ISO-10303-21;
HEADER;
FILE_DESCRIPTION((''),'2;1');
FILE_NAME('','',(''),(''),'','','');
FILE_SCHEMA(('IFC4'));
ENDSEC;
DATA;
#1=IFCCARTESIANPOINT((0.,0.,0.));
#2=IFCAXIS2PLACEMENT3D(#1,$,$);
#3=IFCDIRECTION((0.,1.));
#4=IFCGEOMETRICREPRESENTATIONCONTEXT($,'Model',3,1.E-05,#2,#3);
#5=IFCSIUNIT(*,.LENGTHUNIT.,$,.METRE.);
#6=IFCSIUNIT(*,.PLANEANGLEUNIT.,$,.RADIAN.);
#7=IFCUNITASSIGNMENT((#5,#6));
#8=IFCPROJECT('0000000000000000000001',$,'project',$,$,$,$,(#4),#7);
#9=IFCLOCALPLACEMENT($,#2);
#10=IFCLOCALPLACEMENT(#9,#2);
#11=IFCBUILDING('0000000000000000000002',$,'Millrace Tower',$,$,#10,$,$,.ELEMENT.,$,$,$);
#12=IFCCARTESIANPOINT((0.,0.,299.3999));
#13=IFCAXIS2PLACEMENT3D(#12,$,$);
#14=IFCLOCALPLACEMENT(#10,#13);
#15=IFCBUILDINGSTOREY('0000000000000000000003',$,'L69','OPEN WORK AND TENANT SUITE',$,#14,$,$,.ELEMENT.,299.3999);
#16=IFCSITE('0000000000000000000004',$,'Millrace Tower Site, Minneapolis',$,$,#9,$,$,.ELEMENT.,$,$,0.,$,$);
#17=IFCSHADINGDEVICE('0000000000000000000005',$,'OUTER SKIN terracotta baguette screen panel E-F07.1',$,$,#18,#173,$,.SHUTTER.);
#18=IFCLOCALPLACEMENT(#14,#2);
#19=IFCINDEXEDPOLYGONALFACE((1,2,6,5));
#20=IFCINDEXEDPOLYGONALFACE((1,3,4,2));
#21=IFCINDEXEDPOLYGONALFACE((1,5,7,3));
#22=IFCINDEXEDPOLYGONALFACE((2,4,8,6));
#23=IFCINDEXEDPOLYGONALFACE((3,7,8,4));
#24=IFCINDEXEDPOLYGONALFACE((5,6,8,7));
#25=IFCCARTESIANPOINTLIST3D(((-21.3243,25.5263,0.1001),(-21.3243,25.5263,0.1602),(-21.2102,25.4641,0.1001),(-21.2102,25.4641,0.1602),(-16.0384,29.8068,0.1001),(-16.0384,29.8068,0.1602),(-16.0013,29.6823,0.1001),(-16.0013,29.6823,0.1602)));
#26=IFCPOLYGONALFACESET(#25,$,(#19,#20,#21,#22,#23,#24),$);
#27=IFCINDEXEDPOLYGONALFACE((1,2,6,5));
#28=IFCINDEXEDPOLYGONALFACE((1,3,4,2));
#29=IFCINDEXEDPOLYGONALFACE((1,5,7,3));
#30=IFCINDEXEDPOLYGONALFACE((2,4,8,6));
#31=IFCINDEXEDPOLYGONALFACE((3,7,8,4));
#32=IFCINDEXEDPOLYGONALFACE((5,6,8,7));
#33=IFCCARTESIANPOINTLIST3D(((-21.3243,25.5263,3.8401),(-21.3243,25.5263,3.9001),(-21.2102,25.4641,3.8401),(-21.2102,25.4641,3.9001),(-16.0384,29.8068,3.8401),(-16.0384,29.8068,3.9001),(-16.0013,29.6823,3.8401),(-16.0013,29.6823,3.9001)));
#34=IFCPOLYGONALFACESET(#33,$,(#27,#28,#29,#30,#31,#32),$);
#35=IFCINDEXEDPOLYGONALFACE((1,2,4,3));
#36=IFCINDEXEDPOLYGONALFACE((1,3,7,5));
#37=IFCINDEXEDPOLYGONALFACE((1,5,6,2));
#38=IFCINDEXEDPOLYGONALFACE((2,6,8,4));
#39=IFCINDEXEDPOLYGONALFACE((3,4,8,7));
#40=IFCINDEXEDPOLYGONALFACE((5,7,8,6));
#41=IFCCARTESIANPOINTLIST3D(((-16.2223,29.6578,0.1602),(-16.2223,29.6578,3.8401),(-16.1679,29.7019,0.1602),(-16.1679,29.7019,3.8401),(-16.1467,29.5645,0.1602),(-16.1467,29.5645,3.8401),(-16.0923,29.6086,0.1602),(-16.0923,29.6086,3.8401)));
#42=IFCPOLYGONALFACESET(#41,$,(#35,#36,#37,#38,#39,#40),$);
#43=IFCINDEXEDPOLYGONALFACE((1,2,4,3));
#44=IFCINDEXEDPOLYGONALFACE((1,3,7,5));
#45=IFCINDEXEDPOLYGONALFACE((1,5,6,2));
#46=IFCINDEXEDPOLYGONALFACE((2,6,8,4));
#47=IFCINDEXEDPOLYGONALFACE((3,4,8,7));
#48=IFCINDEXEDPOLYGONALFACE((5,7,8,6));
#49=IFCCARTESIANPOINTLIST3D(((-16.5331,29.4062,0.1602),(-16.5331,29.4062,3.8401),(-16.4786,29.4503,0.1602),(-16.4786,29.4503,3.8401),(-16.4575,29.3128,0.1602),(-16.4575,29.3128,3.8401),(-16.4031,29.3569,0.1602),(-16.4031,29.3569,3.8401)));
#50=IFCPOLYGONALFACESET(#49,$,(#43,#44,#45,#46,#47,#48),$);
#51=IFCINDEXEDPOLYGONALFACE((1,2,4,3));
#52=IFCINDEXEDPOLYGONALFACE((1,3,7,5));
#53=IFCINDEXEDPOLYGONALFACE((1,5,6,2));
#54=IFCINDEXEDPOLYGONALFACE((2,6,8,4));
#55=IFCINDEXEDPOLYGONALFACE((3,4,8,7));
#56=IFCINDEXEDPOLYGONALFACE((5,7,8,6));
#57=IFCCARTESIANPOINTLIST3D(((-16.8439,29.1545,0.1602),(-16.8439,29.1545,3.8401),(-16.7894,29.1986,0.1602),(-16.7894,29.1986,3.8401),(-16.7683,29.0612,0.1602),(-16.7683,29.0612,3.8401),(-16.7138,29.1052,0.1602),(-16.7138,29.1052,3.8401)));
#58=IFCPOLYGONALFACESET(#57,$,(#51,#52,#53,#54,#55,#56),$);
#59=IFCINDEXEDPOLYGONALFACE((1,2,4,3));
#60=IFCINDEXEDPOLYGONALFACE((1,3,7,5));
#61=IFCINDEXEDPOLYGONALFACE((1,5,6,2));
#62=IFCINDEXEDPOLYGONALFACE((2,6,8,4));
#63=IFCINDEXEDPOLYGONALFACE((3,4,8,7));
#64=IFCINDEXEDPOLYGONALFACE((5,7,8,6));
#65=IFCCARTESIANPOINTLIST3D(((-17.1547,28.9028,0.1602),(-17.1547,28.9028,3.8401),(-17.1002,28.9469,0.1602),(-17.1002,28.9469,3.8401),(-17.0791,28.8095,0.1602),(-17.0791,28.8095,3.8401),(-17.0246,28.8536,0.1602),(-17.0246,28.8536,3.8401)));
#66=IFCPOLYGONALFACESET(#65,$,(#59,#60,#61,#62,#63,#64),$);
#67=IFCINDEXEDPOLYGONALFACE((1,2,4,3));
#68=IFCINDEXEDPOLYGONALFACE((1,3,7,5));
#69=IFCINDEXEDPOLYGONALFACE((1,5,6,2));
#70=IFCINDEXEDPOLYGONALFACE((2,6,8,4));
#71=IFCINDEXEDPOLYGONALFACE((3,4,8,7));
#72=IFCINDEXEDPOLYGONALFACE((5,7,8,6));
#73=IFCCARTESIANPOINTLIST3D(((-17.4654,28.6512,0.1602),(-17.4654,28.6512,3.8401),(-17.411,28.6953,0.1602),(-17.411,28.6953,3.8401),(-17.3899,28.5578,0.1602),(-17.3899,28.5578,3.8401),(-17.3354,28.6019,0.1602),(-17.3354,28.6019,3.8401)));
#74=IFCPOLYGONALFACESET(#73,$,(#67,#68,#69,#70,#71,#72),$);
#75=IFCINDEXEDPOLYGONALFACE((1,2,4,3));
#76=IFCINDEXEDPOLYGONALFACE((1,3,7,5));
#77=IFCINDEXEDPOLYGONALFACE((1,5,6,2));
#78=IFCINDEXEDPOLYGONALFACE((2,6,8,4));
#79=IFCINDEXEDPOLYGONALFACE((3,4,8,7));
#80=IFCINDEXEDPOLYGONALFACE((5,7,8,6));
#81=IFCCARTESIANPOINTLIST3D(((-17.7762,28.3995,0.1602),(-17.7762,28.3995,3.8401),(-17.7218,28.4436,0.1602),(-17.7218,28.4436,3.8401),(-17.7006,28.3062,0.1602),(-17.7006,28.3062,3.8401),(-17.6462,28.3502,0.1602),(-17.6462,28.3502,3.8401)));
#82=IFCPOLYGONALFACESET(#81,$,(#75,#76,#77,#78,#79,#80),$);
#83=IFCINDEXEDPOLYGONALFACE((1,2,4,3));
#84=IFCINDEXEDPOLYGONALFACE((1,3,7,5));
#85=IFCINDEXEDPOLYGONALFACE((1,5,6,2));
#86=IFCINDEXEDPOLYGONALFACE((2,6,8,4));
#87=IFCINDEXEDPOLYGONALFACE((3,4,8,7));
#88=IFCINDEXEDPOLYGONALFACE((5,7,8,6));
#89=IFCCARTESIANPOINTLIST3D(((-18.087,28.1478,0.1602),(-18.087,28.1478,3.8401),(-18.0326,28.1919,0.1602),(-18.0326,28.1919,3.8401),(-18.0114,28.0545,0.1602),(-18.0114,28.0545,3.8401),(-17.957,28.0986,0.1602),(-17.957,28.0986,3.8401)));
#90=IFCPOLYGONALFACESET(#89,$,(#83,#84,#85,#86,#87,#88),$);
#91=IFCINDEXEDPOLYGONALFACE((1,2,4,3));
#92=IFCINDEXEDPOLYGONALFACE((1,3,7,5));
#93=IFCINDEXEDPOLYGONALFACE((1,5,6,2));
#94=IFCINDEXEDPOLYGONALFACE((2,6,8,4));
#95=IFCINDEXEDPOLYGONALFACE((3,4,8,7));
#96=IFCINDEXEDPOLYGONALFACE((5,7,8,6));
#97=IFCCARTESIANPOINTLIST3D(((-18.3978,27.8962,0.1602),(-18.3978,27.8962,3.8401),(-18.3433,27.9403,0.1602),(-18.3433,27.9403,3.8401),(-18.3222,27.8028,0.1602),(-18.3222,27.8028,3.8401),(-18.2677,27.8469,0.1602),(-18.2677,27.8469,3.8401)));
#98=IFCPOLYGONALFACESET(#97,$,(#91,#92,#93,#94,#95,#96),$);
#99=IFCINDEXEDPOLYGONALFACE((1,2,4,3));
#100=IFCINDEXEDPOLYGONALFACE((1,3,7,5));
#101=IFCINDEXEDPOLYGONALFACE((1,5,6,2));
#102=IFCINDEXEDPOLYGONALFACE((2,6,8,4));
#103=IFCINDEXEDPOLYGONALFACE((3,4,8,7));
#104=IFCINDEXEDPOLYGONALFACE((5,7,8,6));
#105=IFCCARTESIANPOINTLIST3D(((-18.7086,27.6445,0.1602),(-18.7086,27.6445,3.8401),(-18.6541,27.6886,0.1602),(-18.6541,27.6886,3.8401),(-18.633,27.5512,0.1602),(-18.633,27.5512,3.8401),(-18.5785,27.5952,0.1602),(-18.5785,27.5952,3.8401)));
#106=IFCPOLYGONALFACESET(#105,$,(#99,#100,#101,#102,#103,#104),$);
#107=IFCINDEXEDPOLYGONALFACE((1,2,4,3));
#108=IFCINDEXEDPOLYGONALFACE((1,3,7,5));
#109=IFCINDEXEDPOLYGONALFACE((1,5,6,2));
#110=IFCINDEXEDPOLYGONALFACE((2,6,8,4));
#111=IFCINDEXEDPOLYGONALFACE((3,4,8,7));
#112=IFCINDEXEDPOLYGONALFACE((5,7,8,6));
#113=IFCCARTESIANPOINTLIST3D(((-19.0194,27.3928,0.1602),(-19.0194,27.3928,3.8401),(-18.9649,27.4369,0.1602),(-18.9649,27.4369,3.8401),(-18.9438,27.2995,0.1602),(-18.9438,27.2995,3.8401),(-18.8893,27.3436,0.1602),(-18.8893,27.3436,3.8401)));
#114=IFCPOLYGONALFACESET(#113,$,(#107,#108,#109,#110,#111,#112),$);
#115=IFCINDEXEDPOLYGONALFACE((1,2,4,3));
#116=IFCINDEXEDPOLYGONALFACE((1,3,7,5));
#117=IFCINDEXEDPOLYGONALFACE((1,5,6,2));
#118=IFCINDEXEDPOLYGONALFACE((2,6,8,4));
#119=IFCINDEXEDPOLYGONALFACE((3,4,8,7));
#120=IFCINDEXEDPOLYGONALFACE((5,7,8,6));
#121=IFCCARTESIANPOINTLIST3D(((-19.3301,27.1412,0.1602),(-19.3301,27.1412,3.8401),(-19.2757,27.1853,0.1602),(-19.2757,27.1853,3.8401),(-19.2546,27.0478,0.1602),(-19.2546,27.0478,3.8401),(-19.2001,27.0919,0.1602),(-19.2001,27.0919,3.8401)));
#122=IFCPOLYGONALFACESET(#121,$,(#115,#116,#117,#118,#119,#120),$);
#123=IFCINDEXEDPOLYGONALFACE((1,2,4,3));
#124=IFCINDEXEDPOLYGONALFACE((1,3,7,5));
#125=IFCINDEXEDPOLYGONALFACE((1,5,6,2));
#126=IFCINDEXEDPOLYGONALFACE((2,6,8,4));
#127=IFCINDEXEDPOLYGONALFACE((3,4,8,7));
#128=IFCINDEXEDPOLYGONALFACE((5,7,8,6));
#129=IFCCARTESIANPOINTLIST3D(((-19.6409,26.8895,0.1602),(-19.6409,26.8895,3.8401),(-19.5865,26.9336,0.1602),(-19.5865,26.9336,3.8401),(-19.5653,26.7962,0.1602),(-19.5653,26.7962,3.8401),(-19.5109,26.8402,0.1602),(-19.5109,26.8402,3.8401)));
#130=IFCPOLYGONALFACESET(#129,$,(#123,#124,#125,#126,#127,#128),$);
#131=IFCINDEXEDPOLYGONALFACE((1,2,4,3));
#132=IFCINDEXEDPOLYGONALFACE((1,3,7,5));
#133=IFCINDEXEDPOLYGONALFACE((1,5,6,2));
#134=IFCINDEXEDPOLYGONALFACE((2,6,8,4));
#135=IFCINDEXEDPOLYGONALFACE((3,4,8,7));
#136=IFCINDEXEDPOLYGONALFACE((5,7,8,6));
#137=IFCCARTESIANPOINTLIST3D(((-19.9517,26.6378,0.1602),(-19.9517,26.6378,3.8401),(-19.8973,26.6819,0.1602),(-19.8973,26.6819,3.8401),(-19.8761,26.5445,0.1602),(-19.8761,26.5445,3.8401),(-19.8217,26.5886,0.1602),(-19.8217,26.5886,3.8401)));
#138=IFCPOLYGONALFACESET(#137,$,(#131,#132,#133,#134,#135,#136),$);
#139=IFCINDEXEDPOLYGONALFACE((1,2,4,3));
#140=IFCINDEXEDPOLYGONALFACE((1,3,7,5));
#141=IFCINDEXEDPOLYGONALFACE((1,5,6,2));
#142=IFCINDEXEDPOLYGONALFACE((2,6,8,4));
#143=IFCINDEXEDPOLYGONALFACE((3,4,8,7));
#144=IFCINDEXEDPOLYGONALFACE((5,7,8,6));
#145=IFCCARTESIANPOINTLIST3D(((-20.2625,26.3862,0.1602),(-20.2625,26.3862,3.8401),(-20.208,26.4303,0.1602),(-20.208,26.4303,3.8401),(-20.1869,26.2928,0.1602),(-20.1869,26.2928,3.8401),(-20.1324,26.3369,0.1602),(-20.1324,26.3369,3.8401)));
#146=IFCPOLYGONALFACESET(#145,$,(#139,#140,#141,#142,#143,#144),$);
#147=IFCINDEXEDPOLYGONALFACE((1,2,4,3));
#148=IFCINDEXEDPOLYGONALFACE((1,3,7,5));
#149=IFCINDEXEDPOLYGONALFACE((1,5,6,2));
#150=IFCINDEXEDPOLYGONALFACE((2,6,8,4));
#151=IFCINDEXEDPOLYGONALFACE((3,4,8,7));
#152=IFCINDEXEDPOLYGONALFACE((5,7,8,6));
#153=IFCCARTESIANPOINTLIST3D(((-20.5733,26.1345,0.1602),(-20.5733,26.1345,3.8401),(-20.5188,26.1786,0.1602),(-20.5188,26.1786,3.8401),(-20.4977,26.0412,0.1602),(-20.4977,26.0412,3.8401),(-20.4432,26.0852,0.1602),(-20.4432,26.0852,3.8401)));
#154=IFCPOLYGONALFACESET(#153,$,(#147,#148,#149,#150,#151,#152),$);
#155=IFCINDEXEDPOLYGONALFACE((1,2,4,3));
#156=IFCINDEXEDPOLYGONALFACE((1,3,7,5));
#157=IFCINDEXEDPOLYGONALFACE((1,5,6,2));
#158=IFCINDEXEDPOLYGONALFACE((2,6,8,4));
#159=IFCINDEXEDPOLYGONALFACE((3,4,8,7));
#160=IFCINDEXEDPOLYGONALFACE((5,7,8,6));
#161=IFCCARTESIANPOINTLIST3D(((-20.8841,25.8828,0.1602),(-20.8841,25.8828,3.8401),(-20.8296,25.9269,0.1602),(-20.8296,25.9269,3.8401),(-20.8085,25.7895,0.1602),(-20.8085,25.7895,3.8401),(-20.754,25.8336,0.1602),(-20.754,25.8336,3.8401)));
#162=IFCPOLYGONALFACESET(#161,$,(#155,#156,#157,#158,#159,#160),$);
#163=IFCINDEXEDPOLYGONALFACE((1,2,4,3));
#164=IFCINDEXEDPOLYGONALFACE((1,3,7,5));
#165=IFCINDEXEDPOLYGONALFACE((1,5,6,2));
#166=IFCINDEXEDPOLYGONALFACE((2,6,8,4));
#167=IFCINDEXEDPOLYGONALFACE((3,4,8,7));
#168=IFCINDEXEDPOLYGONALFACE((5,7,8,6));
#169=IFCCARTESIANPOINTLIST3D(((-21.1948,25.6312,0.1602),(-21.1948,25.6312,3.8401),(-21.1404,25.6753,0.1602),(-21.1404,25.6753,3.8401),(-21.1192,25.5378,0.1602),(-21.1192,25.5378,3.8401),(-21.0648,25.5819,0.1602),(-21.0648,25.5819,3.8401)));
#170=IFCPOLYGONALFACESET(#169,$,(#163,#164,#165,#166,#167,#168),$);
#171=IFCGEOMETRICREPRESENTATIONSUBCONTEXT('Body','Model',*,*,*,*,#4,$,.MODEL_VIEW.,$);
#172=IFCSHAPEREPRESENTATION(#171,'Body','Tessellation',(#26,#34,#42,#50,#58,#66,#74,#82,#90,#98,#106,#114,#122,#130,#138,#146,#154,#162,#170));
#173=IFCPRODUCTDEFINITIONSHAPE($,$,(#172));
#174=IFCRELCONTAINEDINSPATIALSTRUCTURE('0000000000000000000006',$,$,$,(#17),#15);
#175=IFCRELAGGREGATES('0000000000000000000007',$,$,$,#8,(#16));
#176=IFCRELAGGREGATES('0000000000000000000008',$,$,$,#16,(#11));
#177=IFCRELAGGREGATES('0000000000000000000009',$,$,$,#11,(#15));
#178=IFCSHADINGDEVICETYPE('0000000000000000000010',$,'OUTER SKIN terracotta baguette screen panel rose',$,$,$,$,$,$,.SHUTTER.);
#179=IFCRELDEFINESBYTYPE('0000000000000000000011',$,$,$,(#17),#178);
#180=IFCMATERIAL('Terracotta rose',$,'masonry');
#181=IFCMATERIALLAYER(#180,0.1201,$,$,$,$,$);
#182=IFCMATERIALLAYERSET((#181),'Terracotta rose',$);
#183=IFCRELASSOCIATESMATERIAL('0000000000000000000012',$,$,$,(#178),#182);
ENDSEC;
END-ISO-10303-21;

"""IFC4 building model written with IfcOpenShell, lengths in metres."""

from ifc_helpers import new_model, entity, si_unit, direction, frame, frame_2d, origin, origin_2d, place, context, subcontext, project, spatial, rectangle, extrude, source, transform, mapped, material, layer, layer_set, type_object, element, save


model = new_model("IFC4")

# Units and contexts
model_context = context("Model", 3, precision=1e-05, world=origin(), true_north=direction((0.0, 1.0)))
body_context = subcontext(model_context, "Body", "Model", "MODEL_VIEW")
ifc_project = project(units=[si_unit("LENGTHUNIT", "METRE"), si_unit("PLANEANGLEUNIT", "RADIAN")], contexts=[model_context])

# Site, building, storey
site_placement = place(None, origin())
site = spatial("IfcSite", under=ifc_project, at=site_placement, Name="Millrace Tower Site, Minneapolis", CompositionType="ELEMENT", RefElevation=0.0)
building_placement = place(site_placement, origin())
building = spatial("IfcBuilding", under=site, at=building_placement, Name="Millrace Tower", CompositionType="ELEMENT")
storey_placement = place(building_placement, frame((0.0, 0.0, 299.3999)))
storey = spatial("IfcBuildingStorey", under=building, at=storey_placement, Name="L69", Description="OPEN WORK AND TENANT SUITE", CompositionType="ELEMENT", Elevation=299.3999)

# Shading device
ifc_material_1 = material(Name="Terracotta rose", Category="masonry")
ifc_layer_1 = layer(ifc_material_1, 0.1201)
ifc_layer_set_1 = layer_set([ifc_layer_1], Name="Terracotta rose")
shading_device_type = type_object("IfcShadingDeviceType", Name="OUTER SKIN terracotta baguette screen panel rose", PredefinedType="SHUTTER", material=ifc_layer_set_1)
cartesian_point_1 = entity("IfcCartesianPoint", [-3.3513, 0.0601])
shared_polyline_1 = entity("IfcPolyline", [cartesian_point_1, entity("IfcCartesianPoint", [3.3513, 0.0601]), entity("IfcCartesianPoint", [3.4009, -0.0601]), entity("IfcCartesianPoint", [-3.4009, -0.0601]), cartesian_point_1])
shared_shape_1 = source(origin(), body_context, "Body", "SweptSolid", [
    entity("IfcExtrudedAreaSolid", entity("IfcArbitraryClosedProfileDef", "AREA", None, shared_polyline_1), entity("IfcAxis2Placement3D", entity("IfcCartesianPoint", [0.0, 0.0, 0.0])), entity("IfcDirection", [0.0, 0.0, 1.0]), 0.0601),
    entity("IfcExtrudedAreaSolid", entity("IfcArbitraryClosedProfileDef", "AREA", None, shared_polyline_1), entity("IfcAxis2Placement3D", entity("IfcCartesianPoint", [0.0, 0.0, 3.74])), entity("IfcDirection", [0.0, 0.0, 1.0]), 0.0601),
    extrude(rectangle(XDim=0.0701, YDim=0.1201, at=frame_2d((-3.1992, 0.0))), frame((0.0, 0.0, 0.0601)), (0.0, 0.0, 1.0), 3.6799),
    extrude(rectangle(XDim=0.0701, YDim=0.1201, at=frame_2d((-2.7993, 0.0))), frame((0.0, 0.0, 0.0601)), (0.0, 0.0, 1.0), 3.6799),
    extrude(rectangle(XDim=0.0701, YDim=0.1201, at=frame_2d((-2.3994, 0.0))), frame((0.0, 0.0, 0.0601)), (0.0, 0.0, 1.0), 3.6799),
    extrude(rectangle(XDim=0.0701, YDim=0.1201, at=frame_2d((-1.9995, 0.0))), frame((0.0, 0.0, 0.0601)), (0.0, 0.0, 1.0), 3.6799),
    extrude(rectangle(XDim=0.0701, YDim=0.1201, at=frame_2d((-1.5996, 0.0))), frame((0.0, 0.0, 0.0601)), (0.0, 0.0, 1.0), 3.6799),
    extrude(rectangle(XDim=0.0701, YDim=0.1201, at=frame_2d((-1.1997, 0.0))), frame((0.0, 0.0, 0.0601)), (0.0, 0.0, 1.0), 3.6799),
    extrude(rectangle(XDim=0.0701, YDim=0.1201, at=frame_2d((-0.7998, 0.0))), frame((0.0, 0.0, 0.0601)), (0.0, 0.0, 1.0), 3.6799),
    extrude(rectangle(XDim=0.0701, YDim=0.1201, at=frame_2d((-0.3999, 0.0))), frame((0.0, 0.0, 0.0601)), (0.0, 0.0, 1.0), 3.6799),
    extrude(rectangle(XDim=0.0701, YDim=0.1201, at=origin_2d()), frame((0.0, 0.0, 0.0601)), (0.0, 0.0, 1.0), 3.6799),
    extrude(rectangle(XDim=0.0701, YDim=0.1201, at=frame_2d((0.3999, 0.0))), frame((0.0, 0.0, 0.0601)), (0.0, 0.0, 1.0), 3.6799),
    extrude(rectangle(XDim=0.0701, YDim=0.1201, at=frame_2d((0.7998, 0.0))), frame((0.0, 0.0, 0.0601)), (0.0, 0.0, 1.0), 3.6799),
    extrude(rectangle(XDim=0.0701, YDim=0.1201, at=frame_2d((1.1997, 0.0))), frame((0.0, 0.0, 0.0601)), (0.0, 0.0, 1.0), 3.6799),
    extrude(rectangle(XDim=0.0701, YDim=0.1201, at=frame_2d((1.5996, 0.0))), frame((0.0, 0.0, 0.0601)), (0.0, 0.0, 1.0), 3.6799),
    extrude(rectangle(XDim=0.0701, YDim=0.1201, at=frame_2d((1.9995, 0.0))), frame((0.0, 0.0, 0.0601)), (0.0, 0.0, 1.0), 3.6799),
    extrude(rectangle(XDim=0.0701, YDim=0.1201, at=frame_2d((2.3994, 0.0))), frame((0.0, 0.0, 0.0601)), (0.0, 0.0, 1.0), 3.6799),
    extrude(rectangle(XDim=0.0701, YDim=0.1201, at=frame_2d((2.7993, 0.0))), frame((0.0, 0.0, 0.0601)), (0.0, 0.0, 1.0), 3.6799),
    extrude(rectangle(XDim=0.0701, YDim=0.1201, at=frame_2d((3.1992, 0.0))), frame((0.0, 0.0, 0.0601)), (0.0, 0.0, 1.0), 3.6799),
])
shading_device_1_placement = place(storey_placement, frame((-18.6436, 27.6199, 0.1001), z_axis=(0.0, 0.0, 1.0), x_axis=(-0.777146, -0.62932, 0.0)))
element("IfcShadingDevice", 1, at=shading_device_1_placement, inside=storey, type_object=shading_device_type, Name="OUTER SKIN terracotta baguette screen panel E-F07.1", PredefinedType="SHUTTER", context=body_context, shape_type="MappedRepresentation", body=[
    mapped(shared_shape_1, transform((0.0, 0.0, 0.0), scale=1.0)),
])

save(model, "model.ifc")
